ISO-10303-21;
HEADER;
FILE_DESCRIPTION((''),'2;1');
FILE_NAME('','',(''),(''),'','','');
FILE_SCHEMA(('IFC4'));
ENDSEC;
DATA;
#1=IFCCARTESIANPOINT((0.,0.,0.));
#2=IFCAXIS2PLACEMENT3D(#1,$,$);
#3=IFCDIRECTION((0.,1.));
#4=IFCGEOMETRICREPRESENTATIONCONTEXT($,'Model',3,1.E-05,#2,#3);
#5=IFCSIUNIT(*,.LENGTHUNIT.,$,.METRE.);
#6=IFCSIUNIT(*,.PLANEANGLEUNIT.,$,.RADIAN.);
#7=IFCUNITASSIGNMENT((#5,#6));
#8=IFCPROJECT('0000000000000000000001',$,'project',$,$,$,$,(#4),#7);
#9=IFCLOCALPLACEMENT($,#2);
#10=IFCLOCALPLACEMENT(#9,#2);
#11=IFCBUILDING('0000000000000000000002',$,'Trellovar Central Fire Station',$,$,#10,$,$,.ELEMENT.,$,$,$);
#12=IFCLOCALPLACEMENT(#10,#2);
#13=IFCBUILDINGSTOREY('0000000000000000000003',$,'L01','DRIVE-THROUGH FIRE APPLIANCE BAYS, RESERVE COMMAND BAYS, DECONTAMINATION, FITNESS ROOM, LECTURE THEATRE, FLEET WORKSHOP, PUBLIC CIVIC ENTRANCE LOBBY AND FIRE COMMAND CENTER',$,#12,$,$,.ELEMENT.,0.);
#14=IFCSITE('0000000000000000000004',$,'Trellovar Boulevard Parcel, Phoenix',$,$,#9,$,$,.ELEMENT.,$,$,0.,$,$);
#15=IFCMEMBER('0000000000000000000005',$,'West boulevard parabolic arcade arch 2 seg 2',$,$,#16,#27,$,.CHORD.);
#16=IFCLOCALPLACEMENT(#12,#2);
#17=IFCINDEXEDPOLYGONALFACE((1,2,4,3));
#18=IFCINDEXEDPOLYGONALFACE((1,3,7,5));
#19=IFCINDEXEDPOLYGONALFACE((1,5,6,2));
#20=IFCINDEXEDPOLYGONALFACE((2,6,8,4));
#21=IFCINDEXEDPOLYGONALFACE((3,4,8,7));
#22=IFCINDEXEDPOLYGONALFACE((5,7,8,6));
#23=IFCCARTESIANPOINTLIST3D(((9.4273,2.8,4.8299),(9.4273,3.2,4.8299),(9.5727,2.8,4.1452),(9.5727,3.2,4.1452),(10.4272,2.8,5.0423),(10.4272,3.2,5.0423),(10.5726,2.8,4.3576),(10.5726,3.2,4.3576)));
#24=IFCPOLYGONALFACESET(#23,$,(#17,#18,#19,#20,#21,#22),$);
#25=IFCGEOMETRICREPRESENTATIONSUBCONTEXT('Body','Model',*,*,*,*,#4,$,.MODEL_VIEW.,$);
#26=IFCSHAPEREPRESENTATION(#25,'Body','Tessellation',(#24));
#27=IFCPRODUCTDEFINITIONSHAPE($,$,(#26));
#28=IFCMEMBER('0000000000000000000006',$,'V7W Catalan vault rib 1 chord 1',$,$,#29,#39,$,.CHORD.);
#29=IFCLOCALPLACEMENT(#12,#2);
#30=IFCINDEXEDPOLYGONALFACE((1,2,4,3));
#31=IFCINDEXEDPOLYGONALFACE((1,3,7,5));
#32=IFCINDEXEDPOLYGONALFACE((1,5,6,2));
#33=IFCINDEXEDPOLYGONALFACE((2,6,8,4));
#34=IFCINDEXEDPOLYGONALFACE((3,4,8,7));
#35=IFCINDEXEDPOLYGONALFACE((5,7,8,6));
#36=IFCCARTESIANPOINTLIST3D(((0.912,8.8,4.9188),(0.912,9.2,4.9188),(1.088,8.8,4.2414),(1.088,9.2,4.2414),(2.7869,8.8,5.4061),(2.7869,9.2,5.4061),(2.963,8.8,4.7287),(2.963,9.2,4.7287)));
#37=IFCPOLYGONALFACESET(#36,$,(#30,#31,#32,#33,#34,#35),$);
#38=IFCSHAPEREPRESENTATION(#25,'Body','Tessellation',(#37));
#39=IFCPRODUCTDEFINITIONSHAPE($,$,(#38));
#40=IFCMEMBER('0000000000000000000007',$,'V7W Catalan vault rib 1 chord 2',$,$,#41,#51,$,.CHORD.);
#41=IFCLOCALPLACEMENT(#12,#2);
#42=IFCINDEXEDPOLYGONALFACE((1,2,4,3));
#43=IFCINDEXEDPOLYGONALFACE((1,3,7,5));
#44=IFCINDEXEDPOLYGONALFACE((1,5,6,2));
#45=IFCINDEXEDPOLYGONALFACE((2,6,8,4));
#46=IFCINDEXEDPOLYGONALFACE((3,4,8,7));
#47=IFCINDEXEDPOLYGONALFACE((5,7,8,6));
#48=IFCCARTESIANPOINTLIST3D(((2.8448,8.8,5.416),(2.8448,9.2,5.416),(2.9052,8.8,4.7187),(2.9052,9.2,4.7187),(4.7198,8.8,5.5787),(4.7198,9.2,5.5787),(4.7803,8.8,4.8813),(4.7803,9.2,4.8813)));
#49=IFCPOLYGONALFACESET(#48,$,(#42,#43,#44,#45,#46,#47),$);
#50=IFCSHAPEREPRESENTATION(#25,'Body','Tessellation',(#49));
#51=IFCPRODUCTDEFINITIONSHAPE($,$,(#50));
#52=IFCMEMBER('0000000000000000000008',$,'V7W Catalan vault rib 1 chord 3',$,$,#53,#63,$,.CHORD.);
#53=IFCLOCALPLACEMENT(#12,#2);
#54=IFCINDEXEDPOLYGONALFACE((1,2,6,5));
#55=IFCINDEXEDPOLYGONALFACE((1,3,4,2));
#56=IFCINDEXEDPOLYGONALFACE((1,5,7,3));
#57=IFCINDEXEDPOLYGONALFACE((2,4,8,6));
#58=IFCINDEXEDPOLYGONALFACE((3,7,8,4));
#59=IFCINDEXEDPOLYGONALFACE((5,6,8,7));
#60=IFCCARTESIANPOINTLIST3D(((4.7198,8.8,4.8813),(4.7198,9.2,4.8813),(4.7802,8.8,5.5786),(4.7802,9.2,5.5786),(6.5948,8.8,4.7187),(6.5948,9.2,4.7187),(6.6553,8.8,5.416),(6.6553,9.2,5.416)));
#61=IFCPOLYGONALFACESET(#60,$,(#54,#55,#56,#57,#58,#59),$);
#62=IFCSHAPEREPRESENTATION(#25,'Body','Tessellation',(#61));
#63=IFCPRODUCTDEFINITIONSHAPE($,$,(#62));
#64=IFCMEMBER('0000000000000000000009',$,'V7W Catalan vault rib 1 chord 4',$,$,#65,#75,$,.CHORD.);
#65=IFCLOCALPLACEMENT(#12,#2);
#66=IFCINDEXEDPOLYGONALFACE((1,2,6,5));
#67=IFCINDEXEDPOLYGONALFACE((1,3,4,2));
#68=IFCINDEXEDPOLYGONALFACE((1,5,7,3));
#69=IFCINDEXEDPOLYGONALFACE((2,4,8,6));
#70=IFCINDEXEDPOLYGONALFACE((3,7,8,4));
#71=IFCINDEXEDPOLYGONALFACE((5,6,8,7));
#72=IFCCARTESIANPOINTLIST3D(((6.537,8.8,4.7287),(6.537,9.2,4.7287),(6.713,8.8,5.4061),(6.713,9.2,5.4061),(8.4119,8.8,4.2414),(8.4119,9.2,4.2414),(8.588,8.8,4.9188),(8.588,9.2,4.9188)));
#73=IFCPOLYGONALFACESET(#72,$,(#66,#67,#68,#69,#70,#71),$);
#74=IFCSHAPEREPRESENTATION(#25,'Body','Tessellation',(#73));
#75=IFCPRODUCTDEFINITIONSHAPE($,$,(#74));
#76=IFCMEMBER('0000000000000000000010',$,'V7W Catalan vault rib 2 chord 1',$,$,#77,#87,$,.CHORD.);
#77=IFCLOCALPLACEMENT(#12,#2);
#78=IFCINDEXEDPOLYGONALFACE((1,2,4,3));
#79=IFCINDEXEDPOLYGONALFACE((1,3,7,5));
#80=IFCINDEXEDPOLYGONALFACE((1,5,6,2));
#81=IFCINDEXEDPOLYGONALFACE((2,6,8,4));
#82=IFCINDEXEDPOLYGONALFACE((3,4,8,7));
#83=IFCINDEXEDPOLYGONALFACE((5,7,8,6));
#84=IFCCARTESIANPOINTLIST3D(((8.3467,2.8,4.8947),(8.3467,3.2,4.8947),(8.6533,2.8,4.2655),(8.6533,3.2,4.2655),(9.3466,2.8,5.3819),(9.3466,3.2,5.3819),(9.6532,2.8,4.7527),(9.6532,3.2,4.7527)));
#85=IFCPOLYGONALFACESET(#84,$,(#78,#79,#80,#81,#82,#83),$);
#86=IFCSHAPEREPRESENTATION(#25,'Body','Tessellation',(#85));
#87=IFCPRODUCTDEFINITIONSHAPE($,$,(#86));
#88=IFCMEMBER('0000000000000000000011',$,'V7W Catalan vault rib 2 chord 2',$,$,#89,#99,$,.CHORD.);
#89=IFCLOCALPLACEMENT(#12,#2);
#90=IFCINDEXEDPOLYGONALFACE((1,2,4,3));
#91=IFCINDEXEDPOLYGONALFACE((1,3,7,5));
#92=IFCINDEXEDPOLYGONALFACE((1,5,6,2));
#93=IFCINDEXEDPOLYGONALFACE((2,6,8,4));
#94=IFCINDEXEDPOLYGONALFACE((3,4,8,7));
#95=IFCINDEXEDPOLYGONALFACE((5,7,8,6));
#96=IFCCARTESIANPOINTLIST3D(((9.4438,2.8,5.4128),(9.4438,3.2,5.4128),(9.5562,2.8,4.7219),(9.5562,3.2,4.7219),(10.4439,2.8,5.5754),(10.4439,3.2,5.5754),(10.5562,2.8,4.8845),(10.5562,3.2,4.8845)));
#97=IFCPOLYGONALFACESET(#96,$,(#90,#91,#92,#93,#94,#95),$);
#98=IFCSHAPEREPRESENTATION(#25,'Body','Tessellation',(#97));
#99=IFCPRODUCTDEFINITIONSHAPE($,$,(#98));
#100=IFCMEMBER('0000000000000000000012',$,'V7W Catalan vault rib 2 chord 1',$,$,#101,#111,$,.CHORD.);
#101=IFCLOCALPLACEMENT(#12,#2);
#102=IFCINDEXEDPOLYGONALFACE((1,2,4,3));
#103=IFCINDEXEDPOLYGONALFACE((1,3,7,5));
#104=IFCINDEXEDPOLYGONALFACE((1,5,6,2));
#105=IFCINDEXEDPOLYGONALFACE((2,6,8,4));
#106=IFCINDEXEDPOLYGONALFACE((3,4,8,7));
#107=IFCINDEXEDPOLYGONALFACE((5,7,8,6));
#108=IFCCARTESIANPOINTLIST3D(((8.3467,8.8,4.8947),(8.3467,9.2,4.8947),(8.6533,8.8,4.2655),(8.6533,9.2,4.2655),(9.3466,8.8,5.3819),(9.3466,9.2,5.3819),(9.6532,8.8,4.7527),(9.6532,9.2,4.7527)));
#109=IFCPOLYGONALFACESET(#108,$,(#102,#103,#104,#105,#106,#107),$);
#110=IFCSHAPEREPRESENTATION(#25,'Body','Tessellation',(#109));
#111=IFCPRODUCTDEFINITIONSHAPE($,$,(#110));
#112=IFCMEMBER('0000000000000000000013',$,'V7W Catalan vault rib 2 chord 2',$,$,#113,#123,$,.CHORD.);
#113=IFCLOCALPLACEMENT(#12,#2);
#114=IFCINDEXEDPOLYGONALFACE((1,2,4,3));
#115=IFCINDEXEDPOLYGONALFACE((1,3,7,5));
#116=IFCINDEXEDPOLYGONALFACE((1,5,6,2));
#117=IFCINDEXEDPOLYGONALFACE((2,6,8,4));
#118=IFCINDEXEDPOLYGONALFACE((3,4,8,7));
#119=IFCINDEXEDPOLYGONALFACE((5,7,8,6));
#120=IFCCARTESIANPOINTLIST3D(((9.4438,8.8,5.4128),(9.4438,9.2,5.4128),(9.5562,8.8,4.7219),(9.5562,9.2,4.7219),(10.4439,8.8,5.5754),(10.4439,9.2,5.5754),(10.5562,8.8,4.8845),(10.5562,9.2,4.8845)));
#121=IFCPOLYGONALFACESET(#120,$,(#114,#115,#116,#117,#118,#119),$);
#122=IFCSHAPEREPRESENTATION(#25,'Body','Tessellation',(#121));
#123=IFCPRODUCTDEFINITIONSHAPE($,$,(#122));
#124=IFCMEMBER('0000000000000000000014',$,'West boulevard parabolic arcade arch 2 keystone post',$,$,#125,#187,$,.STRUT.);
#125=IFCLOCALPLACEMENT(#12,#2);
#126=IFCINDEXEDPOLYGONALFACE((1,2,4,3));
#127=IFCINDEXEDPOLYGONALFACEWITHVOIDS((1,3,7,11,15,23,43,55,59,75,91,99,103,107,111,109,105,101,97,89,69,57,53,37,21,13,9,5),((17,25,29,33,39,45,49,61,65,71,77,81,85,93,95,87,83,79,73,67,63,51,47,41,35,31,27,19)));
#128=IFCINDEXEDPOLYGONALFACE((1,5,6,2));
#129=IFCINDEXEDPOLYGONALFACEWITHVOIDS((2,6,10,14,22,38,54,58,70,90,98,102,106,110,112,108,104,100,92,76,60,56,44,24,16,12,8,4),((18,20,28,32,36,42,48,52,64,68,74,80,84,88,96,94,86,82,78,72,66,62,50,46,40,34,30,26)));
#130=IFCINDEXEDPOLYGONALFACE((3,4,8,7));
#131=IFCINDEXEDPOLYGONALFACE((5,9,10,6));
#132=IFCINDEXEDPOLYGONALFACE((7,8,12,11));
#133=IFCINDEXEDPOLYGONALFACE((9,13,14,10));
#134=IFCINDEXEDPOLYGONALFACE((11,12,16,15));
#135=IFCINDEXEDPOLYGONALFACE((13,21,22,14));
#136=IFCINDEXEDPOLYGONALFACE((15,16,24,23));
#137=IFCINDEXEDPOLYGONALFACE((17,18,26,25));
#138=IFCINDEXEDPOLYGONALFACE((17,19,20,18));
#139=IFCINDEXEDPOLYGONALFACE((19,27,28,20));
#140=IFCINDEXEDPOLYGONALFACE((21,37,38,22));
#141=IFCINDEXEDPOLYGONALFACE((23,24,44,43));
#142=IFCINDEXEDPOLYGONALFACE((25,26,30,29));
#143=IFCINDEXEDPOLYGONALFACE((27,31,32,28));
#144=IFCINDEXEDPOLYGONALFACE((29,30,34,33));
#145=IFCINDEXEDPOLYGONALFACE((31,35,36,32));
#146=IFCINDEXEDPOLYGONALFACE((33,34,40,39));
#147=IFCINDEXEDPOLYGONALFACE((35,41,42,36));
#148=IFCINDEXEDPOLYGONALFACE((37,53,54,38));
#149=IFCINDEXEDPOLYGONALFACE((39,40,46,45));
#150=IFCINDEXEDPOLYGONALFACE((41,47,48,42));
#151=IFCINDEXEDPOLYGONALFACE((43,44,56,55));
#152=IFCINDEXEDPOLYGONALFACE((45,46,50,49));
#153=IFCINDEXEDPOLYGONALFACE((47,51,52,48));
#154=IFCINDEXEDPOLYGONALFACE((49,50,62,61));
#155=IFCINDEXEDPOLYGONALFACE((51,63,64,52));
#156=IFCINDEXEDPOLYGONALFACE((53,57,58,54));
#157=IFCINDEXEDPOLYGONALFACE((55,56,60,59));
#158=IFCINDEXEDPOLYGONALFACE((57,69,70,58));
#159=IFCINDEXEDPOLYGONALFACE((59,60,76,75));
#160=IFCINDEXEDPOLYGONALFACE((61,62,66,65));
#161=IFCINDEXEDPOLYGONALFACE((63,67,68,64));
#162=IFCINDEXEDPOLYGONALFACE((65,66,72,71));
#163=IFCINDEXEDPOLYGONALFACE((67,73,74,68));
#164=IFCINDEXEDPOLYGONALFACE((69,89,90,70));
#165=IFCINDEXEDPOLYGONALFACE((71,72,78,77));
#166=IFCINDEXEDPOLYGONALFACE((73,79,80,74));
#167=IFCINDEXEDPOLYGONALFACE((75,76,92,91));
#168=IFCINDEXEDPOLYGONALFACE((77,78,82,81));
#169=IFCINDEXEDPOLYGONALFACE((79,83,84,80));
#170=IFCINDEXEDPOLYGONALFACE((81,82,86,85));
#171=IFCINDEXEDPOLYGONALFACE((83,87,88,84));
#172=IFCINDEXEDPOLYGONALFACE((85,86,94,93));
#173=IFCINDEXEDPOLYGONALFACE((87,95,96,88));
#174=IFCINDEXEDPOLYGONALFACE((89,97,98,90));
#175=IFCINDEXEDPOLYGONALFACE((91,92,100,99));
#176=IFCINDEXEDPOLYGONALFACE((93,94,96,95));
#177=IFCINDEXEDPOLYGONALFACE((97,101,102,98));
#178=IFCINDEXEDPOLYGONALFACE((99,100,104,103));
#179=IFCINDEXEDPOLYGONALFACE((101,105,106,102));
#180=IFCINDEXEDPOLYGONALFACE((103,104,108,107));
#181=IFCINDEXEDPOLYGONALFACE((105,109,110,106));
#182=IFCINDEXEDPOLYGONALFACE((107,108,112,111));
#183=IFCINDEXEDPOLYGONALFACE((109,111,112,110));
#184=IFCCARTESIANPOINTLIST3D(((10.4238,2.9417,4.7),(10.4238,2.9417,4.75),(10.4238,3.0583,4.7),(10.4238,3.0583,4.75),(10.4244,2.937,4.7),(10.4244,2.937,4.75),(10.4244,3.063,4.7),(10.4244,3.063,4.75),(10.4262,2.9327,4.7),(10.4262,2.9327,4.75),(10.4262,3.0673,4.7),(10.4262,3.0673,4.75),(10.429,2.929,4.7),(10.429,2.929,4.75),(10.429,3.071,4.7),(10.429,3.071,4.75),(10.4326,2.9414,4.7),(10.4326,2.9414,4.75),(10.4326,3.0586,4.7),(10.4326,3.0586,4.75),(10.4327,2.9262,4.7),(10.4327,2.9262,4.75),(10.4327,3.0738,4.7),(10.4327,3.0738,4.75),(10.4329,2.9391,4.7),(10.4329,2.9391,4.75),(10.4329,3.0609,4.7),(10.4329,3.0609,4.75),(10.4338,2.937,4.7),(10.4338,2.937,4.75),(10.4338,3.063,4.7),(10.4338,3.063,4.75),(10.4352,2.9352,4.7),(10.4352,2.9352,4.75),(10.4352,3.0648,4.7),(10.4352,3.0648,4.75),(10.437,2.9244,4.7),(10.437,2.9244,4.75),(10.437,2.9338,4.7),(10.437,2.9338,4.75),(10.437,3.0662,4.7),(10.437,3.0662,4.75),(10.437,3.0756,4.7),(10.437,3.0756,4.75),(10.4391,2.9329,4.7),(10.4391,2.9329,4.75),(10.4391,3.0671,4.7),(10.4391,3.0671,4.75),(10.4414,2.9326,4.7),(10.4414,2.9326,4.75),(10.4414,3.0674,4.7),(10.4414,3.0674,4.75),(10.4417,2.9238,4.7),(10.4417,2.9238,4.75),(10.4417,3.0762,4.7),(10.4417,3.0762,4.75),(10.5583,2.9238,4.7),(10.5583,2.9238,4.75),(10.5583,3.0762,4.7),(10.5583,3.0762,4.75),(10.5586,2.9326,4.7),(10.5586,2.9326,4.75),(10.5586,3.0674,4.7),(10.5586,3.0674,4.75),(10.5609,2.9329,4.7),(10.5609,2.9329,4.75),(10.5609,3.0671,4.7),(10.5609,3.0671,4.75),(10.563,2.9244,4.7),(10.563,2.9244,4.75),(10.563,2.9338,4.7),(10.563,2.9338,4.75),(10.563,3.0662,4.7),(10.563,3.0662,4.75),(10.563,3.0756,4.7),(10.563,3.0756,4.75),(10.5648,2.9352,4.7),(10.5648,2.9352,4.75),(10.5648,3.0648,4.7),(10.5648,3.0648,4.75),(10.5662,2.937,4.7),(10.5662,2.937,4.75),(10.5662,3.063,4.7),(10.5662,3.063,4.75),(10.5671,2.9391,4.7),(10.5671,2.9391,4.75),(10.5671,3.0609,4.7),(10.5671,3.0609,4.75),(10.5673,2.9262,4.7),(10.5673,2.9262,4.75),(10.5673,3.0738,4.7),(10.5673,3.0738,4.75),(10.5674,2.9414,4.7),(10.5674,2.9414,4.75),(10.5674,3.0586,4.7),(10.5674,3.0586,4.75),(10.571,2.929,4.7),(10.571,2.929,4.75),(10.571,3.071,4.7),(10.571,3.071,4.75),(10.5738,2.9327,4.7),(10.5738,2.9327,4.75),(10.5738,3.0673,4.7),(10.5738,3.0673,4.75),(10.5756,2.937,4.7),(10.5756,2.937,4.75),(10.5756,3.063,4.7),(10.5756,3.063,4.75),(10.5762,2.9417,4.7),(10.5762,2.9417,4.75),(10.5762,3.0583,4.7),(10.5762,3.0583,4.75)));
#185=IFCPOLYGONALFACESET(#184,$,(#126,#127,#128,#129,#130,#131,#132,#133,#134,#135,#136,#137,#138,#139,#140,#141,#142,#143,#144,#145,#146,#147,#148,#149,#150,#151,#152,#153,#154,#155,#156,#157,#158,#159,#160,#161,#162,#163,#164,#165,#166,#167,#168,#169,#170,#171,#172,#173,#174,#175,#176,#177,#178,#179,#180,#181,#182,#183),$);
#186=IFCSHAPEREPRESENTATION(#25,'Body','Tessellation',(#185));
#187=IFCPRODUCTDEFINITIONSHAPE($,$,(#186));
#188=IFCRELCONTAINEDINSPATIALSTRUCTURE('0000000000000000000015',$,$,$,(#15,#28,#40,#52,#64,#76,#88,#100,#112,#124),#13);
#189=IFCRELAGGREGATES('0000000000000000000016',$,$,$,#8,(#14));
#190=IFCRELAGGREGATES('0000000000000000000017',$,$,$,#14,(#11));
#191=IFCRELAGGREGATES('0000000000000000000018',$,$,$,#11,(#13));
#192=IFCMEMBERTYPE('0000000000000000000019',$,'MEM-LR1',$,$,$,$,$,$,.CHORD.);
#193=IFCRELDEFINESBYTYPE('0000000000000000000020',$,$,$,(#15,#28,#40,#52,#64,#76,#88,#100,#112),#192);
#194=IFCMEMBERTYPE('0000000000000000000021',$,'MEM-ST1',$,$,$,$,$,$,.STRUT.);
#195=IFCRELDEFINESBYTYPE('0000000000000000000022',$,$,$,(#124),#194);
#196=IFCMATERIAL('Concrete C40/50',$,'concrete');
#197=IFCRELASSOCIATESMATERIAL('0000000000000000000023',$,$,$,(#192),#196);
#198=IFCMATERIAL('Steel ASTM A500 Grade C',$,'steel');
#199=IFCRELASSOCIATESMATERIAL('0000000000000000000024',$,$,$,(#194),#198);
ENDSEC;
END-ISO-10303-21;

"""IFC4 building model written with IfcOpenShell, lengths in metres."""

from ifc_helpers import new_model, si_unit, direction, frame, origin, origin_2d, place, context, subcontext, project, spatial, rectangle, hollow_rectangle, extrude, material, material_profile, profile_set, type_object, element, save


model = new_model("IFC4")

# Units and contexts
model_context = context("Model", 3, precision=1e-05, world=origin(), true_north=direction((0.0, 1.0)))
body_context = subcontext(model_context, "Body", "Model", "MODEL_VIEW")
ifc_project = project(units=[si_unit("LENGTHUNIT", "METRE"), si_unit("PLANEANGLEUNIT", "RADIAN")], contexts=[model_context])

# Site, building, storey
site_placement = place(None, origin())
site = spatial("IfcSite", under=ifc_project, at=site_placement, Name="Trellovar Boulevard Parcel, Phoenix", CompositionType="ELEMENT", RefElevation=0.0)
building_placement = place(site_placement, origin())
building = spatial("IfcBuilding", under=site, at=building_placement, Name="Trellovar Central Fire Station", CompositionType="ELEMENT")
storey_placement = place(building_placement, origin())
storey = spatial("IfcBuildingStorey", under=building, at=storey_placement, Name="L01", Description="DRIVE-THROUGH FIRE APPLIANCE BAYS, RESERVE COMMAND BAYS, DECONTAMINATION, FITNESS ROOM, LECTURE THEATRE, FLEET WORKSHOP, PUBLIC CIVIC ENTRANCE LOBBY AND FIRE COMMAND CENTER", CompositionType="ELEMENT", Elevation=0.0)

# Members
ifc_material_1 = material(Name="Concrete C40/50", Category="concrete")
ifc_material_profile_1 = material_profile(ifc_material_1, rectangle(XDim=0.3999, YDim=0.7, at=origin_2d()), Name="RC400X700")
ifc_profile_set_1 = profile_set([ifc_material_profile_1], Name="Concrete C40/50")
member_type_1 = type_object("IfcMemberType", Name="MEM-LR1", PredefinedType="CHORD", material=ifc_profile_set_1)
member_1_placement = place(storey_placement, frame((9.5, 3.0, 4.4875), z_axis=(0.978178, 0.0, 0.207767), x_axis=(0.0, 1.0, 0.0)))
element("IfcMember", 1, at=member_1_placement, inside=storey, type_object=member_type_1, Name="West boulevard parabolic arcade arch 2 seg 2", PredefinedType="CHORD", context=body_context, shape_type="SweptSolid", body=[
    extrude(rectangle(XDim=0.3999, YDim=0.7, at=origin_2d()), origin(), (0.0, 0.0, 1.0), 1.0222),
])
member_2_placement = place(storey_placement, frame((1.0, 9.0, 4.5801), z_axis=(0.967847, 0.0, 0.251539), x_axis=(0.0, 1.0, 0.0)))
element("IfcMember", 2, at=member_2_placement, inside=storey, type_object=member_type_1, Name="V7W Catalan vault rib 1 chord 1", PredefinedType="CHORD", context=body_context, shape_type="SweptSolid", body=[
    extrude(rectangle(XDim=0.3999, YDim=0.7, at=origin_2d()), origin(), (0.0, 0.0, 1.0), 1.9373),
])
for number, where, z_axis, x_axis, name in (
    (3, (2.875, 9.0, 5.0674), (0.996261, 0.0, 0.086395), (0.0, 1.0, 0.0), "V7W Catalan vault rib 1 chord 2"),
    (4, (4.75, 9.0, 5.23), (0.996261, 0.0, -0.086395), (0.0, 1.0, 0.0), "V7W Catalan vault rib 1 chord 3"),
):
    element("IfcMember", number, at=place(storey_placement, frame(where, z_axis=z_axis, x_axis=x_axis)), inside=storey, type_object=member_type_1, Name=name, PredefinedType="CHORD", context=body_context, shape_type="SweptSolid", body=[
        extrude(rectangle(XDim=0.3999, YDim=0.7, at=origin_2d()), origin(), (0.0, 0.0, 1.0), 1.8821),
    ])
member_3_placement = place(storey_placement, frame((6.625, 9.0, 5.0674), z_axis=(0.967847, 0.0, -0.251539), x_axis=(0.0, 1.0, 0.0)))
element("IfcMember", 5, at=member_3_placement, inside=storey, type_object=member_type_1, Name="V7W Catalan vault rib 1 chord 4", PredefinedType="CHORD", context=body_context, shape_type="SweptSolid", body=[
    extrude(rectangle(XDim=0.3999, YDim=0.7, at=origin_2d()), origin(), (0.0, 0.0, 1.0), 1.9373),
])
member_4_placement = place(storey_placement, frame((8.5, 3.0, 4.5801), z_axis=(0.898946, 0.0, 0.43806), x_axis=(0.0, 1.0, 0.0)))
element("IfcMember", 6, at=member_4_placement, inside=storey, type_object=member_type_1, Name="V7W Catalan vault rib 2 chord 1", PredefinedType="CHORD", context=body_context, shape_type="SweptSolid", body=[
    extrude(rectangle(XDim=0.3999, YDim=0.7, at=origin_2d()), origin(), (0.0, 0.0, 1.0), 1.1123),
])
member_5_placement = place(storey_placement, frame((9.5, 3.0, 5.0674), z_axis=(0.987037, 0.0, 0.16049), x_axis=(0.0, 1.0, 0.0)))
element("IfcMember", 7, at=member_5_placement, inside=storey, type_object=member_type_1, Name="V7W Catalan vault rib 2 chord 2", PredefinedType="CHORD", context=body_context, shape_type="SweptSolid", body=[
    extrude(rectangle(XDim=0.3999, YDim=0.7, at=origin_2d()), origin(), (0.0, 0.0, 1.0), 1.0132),
])
member_6_placement = place(storey_placement, frame((8.5, 9.0, 4.5801), z_axis=(0.898946, 0.0, 0.43806), x_axis=(0.0, 1.0, 0.0)))
element("IfcMember", 8, at=member_6_placement, inside=storey, type_object=member_type_1, Name="V7W Catalan vault rib 2 chord 1", PredefinedType="CHORD", context=body_context, shape_type="SweptSolid", body=[
    extrude(rectangle(XDim=0.3999, YDim=0.7, at=origin_2d()), origin(), (0.0, 0.0, 1.0), 1.1123),
])
member_7_placement = place(storey_placement, frame((9.5, 9.0, 5.0674), z_axis=(0.987037, 0.0, 0.16049), x_axis=(0.0, 1.0, 0.0)))
element("IfcMember", 9, at=member_7_placement, inside=storey, type_object=member_type_1, Name="V7W Catalan vault rib 2 chord 2", PredefinedType="CHORD", context=body_context, shape_type="SweptSolid", body=[
    extrude(rectangle(XDim=0.3999, YDim=0.7, at=origin_2d()), origin(), (0.0, 0.0, 1.0), 1.0132),
])
ifc_material_2 = material(Name="Steel ASTM A500 Grade C", Category="steel")
ifc_material_profile_2 = material_profile(ifc_material_2, hollow_rectangle(XDim=0.1523, YDim=0.1523, WallThickness=0.0088, InnerFilletRadius=0.0088, OuterFilletRadius=0.0178, at=origin_2d()), Name="HSS6X6X3/8")
ifc_profile_set_2 = profile_set([ifc_material_profile_2], Name="Steel ASTM A500 Grade C")
member_type_2 = type_object("IfcMemberType", Name="MEM-ST1", PredefinedType="STRUT", material=ifc_profile_set_2)
member_8_placement = place(storey_placement, frame((10.5, 3.0, 4.75), z_axis=(0.0, 0.0, -1.0), x_axis=(1.0, 0.0, 0.0)))
element("IfcMember", 10, at=member_8_placement, inside=storey, type_object=member_type_2, Name="West boulevard parabolic arcade arch 2 keystone post", PredefinedType="STRUT", context=body_context, shape_type="SweptSolid", body=[
    extrude(hollow_rectangle(XDim=0.1523, YDim=0.1523, WallThickness=0.0088, InnerFilletRadius=0.0088, OuterFilletRadius=0.0178, at=origin_2d()), origin(), (0.0, 0.0, 1.0), 0.05),
])

save(model, "model.ifc")
